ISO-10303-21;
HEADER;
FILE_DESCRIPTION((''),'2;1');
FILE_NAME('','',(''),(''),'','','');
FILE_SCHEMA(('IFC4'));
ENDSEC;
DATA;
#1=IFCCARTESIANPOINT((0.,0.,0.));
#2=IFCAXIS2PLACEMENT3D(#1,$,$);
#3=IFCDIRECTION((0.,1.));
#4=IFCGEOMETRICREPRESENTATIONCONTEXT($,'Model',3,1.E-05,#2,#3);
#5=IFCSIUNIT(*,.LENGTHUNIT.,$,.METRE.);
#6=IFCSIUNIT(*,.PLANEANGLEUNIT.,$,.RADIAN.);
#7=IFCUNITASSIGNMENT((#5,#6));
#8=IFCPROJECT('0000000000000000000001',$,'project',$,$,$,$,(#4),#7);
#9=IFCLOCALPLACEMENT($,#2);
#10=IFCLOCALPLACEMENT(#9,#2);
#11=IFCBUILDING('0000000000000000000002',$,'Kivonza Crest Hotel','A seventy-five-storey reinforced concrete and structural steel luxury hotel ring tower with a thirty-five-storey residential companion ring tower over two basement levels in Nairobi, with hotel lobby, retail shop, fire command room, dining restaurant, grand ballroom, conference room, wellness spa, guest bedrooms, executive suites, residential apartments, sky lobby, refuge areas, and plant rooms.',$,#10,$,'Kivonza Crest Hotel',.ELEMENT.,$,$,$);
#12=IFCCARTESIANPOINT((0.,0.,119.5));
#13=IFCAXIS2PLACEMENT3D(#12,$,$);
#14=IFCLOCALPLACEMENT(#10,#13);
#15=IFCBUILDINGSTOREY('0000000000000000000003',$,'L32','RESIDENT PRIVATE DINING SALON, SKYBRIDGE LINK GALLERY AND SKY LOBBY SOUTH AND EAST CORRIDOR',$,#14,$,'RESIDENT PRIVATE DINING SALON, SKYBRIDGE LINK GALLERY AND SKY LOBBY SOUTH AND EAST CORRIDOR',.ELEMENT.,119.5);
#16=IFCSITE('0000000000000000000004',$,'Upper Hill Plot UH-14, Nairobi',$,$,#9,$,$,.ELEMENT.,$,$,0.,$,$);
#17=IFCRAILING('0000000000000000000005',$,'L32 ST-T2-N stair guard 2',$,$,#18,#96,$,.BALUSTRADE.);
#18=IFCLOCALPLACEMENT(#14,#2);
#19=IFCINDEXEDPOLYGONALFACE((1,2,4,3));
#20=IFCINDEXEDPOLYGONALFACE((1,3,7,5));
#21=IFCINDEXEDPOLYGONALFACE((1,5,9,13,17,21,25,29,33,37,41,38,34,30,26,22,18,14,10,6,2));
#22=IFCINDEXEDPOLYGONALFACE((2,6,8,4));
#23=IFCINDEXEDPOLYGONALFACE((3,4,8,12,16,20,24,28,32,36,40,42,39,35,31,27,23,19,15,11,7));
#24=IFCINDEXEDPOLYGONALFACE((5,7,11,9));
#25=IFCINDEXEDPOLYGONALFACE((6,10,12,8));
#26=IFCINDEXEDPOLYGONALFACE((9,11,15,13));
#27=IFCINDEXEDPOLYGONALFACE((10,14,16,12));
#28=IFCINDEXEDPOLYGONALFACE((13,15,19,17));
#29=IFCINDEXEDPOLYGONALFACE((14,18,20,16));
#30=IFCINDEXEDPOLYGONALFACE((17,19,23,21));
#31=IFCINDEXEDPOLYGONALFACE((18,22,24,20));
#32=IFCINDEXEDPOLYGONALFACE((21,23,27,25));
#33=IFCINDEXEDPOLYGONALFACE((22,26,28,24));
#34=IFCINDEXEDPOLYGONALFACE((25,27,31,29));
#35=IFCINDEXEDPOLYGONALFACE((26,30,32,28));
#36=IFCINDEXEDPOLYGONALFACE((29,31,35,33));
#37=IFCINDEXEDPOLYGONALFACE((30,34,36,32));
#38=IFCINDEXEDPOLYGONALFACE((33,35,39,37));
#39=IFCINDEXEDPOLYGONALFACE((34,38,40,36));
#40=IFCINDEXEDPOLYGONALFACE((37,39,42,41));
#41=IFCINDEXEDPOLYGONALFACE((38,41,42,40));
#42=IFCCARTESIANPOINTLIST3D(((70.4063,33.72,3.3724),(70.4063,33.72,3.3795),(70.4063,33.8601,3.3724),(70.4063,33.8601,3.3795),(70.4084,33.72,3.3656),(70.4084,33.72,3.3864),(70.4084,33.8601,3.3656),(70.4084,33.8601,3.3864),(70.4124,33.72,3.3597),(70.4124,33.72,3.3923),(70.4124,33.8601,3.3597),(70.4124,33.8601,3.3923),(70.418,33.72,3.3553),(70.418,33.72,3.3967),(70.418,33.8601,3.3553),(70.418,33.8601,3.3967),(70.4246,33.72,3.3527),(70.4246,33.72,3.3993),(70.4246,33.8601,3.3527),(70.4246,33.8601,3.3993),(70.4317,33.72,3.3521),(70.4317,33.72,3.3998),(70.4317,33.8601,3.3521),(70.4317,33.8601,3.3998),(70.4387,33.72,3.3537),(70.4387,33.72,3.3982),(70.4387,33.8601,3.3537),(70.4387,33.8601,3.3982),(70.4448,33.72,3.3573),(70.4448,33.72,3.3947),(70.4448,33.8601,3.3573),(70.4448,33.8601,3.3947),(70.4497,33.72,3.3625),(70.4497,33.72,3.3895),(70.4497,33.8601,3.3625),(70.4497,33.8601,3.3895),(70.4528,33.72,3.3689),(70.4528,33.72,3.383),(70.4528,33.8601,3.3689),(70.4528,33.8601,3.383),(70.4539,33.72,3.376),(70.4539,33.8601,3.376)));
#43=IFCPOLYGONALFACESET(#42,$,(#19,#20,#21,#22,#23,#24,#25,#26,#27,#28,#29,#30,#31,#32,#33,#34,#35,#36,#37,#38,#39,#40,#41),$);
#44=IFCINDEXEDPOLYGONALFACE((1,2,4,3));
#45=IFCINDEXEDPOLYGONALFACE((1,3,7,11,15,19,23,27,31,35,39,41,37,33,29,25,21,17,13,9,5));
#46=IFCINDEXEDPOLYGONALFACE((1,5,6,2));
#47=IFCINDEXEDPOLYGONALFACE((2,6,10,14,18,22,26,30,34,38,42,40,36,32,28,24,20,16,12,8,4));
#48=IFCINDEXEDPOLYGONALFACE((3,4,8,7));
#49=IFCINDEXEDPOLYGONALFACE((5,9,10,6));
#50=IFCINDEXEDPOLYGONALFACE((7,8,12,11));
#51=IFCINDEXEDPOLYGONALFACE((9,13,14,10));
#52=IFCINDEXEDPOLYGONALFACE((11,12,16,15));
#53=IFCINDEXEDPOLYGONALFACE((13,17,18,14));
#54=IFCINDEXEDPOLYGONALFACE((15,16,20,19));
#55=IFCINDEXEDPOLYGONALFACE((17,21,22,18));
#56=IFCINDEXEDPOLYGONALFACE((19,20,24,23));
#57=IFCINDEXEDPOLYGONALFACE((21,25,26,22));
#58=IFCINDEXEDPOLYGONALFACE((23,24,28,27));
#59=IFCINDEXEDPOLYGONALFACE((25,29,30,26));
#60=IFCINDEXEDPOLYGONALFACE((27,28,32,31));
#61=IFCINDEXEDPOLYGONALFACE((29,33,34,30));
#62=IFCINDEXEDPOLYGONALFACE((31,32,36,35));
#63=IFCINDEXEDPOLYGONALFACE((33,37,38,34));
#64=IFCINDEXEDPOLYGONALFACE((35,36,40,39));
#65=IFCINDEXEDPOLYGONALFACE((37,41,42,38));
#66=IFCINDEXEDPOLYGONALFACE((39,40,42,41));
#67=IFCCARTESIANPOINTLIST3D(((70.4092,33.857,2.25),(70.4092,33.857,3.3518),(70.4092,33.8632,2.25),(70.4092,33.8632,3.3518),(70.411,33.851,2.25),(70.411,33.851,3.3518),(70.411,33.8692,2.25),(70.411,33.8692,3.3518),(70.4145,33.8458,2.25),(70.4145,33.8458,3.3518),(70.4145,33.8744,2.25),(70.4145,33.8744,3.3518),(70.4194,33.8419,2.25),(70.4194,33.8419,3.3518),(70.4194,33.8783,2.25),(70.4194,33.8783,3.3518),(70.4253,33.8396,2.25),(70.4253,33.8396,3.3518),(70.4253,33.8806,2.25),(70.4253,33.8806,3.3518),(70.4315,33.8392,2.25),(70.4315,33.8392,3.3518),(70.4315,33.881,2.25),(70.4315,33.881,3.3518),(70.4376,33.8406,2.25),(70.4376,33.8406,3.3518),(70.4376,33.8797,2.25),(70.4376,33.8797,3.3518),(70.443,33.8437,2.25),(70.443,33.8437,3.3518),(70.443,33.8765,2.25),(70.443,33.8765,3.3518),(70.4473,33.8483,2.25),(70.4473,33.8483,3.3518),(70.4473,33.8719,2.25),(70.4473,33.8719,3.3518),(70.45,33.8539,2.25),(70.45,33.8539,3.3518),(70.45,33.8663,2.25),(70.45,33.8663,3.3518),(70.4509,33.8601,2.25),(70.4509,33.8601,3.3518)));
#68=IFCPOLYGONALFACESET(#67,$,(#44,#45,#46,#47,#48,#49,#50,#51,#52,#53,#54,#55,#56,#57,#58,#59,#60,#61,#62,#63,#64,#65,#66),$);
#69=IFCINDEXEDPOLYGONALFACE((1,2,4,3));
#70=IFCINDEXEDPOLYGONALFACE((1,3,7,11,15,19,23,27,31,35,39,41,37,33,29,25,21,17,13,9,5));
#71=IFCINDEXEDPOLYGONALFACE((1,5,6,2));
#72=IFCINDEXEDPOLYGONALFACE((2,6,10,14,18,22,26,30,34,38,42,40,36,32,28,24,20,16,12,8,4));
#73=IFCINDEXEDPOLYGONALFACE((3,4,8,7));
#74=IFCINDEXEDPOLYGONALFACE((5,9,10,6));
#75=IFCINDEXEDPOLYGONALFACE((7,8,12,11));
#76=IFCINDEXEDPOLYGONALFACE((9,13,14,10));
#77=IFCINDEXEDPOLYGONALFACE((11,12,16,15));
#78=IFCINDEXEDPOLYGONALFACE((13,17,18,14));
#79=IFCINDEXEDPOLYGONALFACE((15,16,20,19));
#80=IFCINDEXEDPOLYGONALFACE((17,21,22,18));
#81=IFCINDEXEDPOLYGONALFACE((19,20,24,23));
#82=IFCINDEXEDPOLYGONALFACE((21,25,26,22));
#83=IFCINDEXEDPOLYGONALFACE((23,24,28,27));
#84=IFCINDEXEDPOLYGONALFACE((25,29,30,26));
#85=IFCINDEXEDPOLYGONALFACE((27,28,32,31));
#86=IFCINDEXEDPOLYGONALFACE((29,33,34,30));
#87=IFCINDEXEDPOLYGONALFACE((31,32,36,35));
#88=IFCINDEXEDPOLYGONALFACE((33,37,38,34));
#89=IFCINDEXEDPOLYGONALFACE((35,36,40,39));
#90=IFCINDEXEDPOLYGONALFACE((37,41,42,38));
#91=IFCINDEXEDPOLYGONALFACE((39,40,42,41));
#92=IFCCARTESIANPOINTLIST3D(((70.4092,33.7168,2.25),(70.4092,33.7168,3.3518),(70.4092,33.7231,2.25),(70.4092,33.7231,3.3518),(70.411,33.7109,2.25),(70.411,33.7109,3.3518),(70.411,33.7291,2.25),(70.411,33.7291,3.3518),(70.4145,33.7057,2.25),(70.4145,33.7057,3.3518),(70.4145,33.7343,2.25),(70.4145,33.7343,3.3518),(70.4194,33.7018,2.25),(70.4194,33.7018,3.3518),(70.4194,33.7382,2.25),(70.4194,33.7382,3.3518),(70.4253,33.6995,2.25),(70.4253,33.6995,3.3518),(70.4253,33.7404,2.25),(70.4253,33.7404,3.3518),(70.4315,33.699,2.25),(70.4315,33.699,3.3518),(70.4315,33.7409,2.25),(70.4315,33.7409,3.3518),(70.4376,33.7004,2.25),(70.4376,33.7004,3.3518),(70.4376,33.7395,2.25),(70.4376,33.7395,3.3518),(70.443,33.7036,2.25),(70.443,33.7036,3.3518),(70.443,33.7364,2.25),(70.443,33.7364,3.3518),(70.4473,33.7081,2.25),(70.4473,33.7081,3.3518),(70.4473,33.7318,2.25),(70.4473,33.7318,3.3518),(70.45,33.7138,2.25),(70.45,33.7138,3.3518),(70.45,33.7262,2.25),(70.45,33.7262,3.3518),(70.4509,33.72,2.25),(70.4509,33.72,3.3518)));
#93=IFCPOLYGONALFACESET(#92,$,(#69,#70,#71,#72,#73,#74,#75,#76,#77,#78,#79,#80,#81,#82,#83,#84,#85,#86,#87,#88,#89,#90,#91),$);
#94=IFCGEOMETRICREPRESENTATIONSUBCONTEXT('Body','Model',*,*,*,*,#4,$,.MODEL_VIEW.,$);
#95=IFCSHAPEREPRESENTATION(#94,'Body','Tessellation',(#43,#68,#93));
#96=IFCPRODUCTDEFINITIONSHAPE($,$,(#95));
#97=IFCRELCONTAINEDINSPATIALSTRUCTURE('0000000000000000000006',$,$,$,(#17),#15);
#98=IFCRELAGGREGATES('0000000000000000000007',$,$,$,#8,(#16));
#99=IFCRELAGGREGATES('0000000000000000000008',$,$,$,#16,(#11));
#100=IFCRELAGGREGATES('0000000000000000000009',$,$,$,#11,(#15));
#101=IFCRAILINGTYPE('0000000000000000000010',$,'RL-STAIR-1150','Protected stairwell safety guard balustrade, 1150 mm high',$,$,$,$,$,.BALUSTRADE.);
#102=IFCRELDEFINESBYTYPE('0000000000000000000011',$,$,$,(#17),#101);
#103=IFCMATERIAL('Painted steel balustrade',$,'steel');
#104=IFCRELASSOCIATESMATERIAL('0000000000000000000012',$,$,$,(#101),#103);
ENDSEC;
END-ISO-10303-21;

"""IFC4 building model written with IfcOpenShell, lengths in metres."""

from ifc_helpers import new_model, si_unit, direction, frame, origin, origin_2d, place, context, subcontext, project, spatial, circle, extrude, material, type_object, element, save


model = new_model("IFC4")

# Units and contexts
model_context = context("Model", 3, precision=1e-05, world=origin(), true_north=direction((0.0, 1.0)))
body_context = subcontext(model_context, "Body", "Model", "MODEL_VIEW")
ifc_project = project(units=[si_unit("LENGTHUNIT", "METRE"), si_unit("PLANEANGLEUNIT", "RADIAN")], contexts=[model_context])

# Site, building, storey
site_placement = place(None, origin())
site = spatial("IfcSite", under=ifc_project, at=site_placement, Name="Upper Hill Plot UH-14, Nairobi", CompositionType="ELEMENT", RefElevation=0.0)
building_placement = place(site_placement, origin())
building = spatial("IfcBuilding", under=site, at=building_placement, Name="Kivonza Crest Hotel", Description="A seventy-five-storey reinforced concrete and structural steel luxury hotel ring tower with a thirty-five-storey residential companion ring tower over two basement levels in Nairobi, with hotel lobby, retail shop, fire command room, dining restaurant, grand ballroom, conference room, wellness spa, guest bedrooms, executive suites, residential apartments, sky lobby, refuge areas, and plant rooms.", LongName="Kivonza Crest Hotel", CompositionType="ELEMENT")
storey_placement = place(building_placement, frame((0.0, 0.0, 119.5)))
storey = spatial("IfcBuildingStorey", under=building, at=storey_placement, Name="L32", Description="RESIDENT PRIVATE DINING SALON, SKYBRIDGE LINK GALLERY AND SKY LOBBY SOUTH AND EAST CORRIDOR", LongName="RESIDENT PRIVATE DINING SALON, SKYBRIDGE LINK GALLERY AND SKY LOBBY SOUTH AND EAST CORRIDOR", CompositionType="ELEMENT", Elevation=119.5)

# Railing
ifc_material_1 = material(Name="Painted steel balustrade", Category="steel")
railing_type_1 = type_object("IfcRailingType", Name="RL-STAIR-1150", Description="Protected stairwell safety guard balustrade, 1150 mm high", PredefinedType="BALUSTRADE", material=ifc_material_1)
railing_1_placement = place(storey_placement, frame((70.4299, 33.8601, 2.25)))
element("IfcRailing", 1, at=railing_1_placement, inside=storey, type_object=railing_type_1, Name="L32 ST-T2-N stair guard 2", PredefinedType="BALUSTRADE", context=body_context, shape_type="SweptSolid", body=[
    extrude(circle(Radius=0.0239, at=origin_2d()), frame((0.0, 0.0, 1.126), z_axis=(0.0, -1.0, 0.0), x_axis=(1.0, 0.0, 0.0)), (0.0, 0.0, 1.0), 0.1401),
    extrude(circle(Radius=0.021, at=origin_2d()), origin(), (0.0, 0.0, 1.0), 1.1018),
    extrude(circle(Radius=0.021, at=origin_2d()), frame((0.0, -0.1401, 0.0)), (0.0, 0.0, 1.0), 1.1018),
])

save(model, "model.ifc")
